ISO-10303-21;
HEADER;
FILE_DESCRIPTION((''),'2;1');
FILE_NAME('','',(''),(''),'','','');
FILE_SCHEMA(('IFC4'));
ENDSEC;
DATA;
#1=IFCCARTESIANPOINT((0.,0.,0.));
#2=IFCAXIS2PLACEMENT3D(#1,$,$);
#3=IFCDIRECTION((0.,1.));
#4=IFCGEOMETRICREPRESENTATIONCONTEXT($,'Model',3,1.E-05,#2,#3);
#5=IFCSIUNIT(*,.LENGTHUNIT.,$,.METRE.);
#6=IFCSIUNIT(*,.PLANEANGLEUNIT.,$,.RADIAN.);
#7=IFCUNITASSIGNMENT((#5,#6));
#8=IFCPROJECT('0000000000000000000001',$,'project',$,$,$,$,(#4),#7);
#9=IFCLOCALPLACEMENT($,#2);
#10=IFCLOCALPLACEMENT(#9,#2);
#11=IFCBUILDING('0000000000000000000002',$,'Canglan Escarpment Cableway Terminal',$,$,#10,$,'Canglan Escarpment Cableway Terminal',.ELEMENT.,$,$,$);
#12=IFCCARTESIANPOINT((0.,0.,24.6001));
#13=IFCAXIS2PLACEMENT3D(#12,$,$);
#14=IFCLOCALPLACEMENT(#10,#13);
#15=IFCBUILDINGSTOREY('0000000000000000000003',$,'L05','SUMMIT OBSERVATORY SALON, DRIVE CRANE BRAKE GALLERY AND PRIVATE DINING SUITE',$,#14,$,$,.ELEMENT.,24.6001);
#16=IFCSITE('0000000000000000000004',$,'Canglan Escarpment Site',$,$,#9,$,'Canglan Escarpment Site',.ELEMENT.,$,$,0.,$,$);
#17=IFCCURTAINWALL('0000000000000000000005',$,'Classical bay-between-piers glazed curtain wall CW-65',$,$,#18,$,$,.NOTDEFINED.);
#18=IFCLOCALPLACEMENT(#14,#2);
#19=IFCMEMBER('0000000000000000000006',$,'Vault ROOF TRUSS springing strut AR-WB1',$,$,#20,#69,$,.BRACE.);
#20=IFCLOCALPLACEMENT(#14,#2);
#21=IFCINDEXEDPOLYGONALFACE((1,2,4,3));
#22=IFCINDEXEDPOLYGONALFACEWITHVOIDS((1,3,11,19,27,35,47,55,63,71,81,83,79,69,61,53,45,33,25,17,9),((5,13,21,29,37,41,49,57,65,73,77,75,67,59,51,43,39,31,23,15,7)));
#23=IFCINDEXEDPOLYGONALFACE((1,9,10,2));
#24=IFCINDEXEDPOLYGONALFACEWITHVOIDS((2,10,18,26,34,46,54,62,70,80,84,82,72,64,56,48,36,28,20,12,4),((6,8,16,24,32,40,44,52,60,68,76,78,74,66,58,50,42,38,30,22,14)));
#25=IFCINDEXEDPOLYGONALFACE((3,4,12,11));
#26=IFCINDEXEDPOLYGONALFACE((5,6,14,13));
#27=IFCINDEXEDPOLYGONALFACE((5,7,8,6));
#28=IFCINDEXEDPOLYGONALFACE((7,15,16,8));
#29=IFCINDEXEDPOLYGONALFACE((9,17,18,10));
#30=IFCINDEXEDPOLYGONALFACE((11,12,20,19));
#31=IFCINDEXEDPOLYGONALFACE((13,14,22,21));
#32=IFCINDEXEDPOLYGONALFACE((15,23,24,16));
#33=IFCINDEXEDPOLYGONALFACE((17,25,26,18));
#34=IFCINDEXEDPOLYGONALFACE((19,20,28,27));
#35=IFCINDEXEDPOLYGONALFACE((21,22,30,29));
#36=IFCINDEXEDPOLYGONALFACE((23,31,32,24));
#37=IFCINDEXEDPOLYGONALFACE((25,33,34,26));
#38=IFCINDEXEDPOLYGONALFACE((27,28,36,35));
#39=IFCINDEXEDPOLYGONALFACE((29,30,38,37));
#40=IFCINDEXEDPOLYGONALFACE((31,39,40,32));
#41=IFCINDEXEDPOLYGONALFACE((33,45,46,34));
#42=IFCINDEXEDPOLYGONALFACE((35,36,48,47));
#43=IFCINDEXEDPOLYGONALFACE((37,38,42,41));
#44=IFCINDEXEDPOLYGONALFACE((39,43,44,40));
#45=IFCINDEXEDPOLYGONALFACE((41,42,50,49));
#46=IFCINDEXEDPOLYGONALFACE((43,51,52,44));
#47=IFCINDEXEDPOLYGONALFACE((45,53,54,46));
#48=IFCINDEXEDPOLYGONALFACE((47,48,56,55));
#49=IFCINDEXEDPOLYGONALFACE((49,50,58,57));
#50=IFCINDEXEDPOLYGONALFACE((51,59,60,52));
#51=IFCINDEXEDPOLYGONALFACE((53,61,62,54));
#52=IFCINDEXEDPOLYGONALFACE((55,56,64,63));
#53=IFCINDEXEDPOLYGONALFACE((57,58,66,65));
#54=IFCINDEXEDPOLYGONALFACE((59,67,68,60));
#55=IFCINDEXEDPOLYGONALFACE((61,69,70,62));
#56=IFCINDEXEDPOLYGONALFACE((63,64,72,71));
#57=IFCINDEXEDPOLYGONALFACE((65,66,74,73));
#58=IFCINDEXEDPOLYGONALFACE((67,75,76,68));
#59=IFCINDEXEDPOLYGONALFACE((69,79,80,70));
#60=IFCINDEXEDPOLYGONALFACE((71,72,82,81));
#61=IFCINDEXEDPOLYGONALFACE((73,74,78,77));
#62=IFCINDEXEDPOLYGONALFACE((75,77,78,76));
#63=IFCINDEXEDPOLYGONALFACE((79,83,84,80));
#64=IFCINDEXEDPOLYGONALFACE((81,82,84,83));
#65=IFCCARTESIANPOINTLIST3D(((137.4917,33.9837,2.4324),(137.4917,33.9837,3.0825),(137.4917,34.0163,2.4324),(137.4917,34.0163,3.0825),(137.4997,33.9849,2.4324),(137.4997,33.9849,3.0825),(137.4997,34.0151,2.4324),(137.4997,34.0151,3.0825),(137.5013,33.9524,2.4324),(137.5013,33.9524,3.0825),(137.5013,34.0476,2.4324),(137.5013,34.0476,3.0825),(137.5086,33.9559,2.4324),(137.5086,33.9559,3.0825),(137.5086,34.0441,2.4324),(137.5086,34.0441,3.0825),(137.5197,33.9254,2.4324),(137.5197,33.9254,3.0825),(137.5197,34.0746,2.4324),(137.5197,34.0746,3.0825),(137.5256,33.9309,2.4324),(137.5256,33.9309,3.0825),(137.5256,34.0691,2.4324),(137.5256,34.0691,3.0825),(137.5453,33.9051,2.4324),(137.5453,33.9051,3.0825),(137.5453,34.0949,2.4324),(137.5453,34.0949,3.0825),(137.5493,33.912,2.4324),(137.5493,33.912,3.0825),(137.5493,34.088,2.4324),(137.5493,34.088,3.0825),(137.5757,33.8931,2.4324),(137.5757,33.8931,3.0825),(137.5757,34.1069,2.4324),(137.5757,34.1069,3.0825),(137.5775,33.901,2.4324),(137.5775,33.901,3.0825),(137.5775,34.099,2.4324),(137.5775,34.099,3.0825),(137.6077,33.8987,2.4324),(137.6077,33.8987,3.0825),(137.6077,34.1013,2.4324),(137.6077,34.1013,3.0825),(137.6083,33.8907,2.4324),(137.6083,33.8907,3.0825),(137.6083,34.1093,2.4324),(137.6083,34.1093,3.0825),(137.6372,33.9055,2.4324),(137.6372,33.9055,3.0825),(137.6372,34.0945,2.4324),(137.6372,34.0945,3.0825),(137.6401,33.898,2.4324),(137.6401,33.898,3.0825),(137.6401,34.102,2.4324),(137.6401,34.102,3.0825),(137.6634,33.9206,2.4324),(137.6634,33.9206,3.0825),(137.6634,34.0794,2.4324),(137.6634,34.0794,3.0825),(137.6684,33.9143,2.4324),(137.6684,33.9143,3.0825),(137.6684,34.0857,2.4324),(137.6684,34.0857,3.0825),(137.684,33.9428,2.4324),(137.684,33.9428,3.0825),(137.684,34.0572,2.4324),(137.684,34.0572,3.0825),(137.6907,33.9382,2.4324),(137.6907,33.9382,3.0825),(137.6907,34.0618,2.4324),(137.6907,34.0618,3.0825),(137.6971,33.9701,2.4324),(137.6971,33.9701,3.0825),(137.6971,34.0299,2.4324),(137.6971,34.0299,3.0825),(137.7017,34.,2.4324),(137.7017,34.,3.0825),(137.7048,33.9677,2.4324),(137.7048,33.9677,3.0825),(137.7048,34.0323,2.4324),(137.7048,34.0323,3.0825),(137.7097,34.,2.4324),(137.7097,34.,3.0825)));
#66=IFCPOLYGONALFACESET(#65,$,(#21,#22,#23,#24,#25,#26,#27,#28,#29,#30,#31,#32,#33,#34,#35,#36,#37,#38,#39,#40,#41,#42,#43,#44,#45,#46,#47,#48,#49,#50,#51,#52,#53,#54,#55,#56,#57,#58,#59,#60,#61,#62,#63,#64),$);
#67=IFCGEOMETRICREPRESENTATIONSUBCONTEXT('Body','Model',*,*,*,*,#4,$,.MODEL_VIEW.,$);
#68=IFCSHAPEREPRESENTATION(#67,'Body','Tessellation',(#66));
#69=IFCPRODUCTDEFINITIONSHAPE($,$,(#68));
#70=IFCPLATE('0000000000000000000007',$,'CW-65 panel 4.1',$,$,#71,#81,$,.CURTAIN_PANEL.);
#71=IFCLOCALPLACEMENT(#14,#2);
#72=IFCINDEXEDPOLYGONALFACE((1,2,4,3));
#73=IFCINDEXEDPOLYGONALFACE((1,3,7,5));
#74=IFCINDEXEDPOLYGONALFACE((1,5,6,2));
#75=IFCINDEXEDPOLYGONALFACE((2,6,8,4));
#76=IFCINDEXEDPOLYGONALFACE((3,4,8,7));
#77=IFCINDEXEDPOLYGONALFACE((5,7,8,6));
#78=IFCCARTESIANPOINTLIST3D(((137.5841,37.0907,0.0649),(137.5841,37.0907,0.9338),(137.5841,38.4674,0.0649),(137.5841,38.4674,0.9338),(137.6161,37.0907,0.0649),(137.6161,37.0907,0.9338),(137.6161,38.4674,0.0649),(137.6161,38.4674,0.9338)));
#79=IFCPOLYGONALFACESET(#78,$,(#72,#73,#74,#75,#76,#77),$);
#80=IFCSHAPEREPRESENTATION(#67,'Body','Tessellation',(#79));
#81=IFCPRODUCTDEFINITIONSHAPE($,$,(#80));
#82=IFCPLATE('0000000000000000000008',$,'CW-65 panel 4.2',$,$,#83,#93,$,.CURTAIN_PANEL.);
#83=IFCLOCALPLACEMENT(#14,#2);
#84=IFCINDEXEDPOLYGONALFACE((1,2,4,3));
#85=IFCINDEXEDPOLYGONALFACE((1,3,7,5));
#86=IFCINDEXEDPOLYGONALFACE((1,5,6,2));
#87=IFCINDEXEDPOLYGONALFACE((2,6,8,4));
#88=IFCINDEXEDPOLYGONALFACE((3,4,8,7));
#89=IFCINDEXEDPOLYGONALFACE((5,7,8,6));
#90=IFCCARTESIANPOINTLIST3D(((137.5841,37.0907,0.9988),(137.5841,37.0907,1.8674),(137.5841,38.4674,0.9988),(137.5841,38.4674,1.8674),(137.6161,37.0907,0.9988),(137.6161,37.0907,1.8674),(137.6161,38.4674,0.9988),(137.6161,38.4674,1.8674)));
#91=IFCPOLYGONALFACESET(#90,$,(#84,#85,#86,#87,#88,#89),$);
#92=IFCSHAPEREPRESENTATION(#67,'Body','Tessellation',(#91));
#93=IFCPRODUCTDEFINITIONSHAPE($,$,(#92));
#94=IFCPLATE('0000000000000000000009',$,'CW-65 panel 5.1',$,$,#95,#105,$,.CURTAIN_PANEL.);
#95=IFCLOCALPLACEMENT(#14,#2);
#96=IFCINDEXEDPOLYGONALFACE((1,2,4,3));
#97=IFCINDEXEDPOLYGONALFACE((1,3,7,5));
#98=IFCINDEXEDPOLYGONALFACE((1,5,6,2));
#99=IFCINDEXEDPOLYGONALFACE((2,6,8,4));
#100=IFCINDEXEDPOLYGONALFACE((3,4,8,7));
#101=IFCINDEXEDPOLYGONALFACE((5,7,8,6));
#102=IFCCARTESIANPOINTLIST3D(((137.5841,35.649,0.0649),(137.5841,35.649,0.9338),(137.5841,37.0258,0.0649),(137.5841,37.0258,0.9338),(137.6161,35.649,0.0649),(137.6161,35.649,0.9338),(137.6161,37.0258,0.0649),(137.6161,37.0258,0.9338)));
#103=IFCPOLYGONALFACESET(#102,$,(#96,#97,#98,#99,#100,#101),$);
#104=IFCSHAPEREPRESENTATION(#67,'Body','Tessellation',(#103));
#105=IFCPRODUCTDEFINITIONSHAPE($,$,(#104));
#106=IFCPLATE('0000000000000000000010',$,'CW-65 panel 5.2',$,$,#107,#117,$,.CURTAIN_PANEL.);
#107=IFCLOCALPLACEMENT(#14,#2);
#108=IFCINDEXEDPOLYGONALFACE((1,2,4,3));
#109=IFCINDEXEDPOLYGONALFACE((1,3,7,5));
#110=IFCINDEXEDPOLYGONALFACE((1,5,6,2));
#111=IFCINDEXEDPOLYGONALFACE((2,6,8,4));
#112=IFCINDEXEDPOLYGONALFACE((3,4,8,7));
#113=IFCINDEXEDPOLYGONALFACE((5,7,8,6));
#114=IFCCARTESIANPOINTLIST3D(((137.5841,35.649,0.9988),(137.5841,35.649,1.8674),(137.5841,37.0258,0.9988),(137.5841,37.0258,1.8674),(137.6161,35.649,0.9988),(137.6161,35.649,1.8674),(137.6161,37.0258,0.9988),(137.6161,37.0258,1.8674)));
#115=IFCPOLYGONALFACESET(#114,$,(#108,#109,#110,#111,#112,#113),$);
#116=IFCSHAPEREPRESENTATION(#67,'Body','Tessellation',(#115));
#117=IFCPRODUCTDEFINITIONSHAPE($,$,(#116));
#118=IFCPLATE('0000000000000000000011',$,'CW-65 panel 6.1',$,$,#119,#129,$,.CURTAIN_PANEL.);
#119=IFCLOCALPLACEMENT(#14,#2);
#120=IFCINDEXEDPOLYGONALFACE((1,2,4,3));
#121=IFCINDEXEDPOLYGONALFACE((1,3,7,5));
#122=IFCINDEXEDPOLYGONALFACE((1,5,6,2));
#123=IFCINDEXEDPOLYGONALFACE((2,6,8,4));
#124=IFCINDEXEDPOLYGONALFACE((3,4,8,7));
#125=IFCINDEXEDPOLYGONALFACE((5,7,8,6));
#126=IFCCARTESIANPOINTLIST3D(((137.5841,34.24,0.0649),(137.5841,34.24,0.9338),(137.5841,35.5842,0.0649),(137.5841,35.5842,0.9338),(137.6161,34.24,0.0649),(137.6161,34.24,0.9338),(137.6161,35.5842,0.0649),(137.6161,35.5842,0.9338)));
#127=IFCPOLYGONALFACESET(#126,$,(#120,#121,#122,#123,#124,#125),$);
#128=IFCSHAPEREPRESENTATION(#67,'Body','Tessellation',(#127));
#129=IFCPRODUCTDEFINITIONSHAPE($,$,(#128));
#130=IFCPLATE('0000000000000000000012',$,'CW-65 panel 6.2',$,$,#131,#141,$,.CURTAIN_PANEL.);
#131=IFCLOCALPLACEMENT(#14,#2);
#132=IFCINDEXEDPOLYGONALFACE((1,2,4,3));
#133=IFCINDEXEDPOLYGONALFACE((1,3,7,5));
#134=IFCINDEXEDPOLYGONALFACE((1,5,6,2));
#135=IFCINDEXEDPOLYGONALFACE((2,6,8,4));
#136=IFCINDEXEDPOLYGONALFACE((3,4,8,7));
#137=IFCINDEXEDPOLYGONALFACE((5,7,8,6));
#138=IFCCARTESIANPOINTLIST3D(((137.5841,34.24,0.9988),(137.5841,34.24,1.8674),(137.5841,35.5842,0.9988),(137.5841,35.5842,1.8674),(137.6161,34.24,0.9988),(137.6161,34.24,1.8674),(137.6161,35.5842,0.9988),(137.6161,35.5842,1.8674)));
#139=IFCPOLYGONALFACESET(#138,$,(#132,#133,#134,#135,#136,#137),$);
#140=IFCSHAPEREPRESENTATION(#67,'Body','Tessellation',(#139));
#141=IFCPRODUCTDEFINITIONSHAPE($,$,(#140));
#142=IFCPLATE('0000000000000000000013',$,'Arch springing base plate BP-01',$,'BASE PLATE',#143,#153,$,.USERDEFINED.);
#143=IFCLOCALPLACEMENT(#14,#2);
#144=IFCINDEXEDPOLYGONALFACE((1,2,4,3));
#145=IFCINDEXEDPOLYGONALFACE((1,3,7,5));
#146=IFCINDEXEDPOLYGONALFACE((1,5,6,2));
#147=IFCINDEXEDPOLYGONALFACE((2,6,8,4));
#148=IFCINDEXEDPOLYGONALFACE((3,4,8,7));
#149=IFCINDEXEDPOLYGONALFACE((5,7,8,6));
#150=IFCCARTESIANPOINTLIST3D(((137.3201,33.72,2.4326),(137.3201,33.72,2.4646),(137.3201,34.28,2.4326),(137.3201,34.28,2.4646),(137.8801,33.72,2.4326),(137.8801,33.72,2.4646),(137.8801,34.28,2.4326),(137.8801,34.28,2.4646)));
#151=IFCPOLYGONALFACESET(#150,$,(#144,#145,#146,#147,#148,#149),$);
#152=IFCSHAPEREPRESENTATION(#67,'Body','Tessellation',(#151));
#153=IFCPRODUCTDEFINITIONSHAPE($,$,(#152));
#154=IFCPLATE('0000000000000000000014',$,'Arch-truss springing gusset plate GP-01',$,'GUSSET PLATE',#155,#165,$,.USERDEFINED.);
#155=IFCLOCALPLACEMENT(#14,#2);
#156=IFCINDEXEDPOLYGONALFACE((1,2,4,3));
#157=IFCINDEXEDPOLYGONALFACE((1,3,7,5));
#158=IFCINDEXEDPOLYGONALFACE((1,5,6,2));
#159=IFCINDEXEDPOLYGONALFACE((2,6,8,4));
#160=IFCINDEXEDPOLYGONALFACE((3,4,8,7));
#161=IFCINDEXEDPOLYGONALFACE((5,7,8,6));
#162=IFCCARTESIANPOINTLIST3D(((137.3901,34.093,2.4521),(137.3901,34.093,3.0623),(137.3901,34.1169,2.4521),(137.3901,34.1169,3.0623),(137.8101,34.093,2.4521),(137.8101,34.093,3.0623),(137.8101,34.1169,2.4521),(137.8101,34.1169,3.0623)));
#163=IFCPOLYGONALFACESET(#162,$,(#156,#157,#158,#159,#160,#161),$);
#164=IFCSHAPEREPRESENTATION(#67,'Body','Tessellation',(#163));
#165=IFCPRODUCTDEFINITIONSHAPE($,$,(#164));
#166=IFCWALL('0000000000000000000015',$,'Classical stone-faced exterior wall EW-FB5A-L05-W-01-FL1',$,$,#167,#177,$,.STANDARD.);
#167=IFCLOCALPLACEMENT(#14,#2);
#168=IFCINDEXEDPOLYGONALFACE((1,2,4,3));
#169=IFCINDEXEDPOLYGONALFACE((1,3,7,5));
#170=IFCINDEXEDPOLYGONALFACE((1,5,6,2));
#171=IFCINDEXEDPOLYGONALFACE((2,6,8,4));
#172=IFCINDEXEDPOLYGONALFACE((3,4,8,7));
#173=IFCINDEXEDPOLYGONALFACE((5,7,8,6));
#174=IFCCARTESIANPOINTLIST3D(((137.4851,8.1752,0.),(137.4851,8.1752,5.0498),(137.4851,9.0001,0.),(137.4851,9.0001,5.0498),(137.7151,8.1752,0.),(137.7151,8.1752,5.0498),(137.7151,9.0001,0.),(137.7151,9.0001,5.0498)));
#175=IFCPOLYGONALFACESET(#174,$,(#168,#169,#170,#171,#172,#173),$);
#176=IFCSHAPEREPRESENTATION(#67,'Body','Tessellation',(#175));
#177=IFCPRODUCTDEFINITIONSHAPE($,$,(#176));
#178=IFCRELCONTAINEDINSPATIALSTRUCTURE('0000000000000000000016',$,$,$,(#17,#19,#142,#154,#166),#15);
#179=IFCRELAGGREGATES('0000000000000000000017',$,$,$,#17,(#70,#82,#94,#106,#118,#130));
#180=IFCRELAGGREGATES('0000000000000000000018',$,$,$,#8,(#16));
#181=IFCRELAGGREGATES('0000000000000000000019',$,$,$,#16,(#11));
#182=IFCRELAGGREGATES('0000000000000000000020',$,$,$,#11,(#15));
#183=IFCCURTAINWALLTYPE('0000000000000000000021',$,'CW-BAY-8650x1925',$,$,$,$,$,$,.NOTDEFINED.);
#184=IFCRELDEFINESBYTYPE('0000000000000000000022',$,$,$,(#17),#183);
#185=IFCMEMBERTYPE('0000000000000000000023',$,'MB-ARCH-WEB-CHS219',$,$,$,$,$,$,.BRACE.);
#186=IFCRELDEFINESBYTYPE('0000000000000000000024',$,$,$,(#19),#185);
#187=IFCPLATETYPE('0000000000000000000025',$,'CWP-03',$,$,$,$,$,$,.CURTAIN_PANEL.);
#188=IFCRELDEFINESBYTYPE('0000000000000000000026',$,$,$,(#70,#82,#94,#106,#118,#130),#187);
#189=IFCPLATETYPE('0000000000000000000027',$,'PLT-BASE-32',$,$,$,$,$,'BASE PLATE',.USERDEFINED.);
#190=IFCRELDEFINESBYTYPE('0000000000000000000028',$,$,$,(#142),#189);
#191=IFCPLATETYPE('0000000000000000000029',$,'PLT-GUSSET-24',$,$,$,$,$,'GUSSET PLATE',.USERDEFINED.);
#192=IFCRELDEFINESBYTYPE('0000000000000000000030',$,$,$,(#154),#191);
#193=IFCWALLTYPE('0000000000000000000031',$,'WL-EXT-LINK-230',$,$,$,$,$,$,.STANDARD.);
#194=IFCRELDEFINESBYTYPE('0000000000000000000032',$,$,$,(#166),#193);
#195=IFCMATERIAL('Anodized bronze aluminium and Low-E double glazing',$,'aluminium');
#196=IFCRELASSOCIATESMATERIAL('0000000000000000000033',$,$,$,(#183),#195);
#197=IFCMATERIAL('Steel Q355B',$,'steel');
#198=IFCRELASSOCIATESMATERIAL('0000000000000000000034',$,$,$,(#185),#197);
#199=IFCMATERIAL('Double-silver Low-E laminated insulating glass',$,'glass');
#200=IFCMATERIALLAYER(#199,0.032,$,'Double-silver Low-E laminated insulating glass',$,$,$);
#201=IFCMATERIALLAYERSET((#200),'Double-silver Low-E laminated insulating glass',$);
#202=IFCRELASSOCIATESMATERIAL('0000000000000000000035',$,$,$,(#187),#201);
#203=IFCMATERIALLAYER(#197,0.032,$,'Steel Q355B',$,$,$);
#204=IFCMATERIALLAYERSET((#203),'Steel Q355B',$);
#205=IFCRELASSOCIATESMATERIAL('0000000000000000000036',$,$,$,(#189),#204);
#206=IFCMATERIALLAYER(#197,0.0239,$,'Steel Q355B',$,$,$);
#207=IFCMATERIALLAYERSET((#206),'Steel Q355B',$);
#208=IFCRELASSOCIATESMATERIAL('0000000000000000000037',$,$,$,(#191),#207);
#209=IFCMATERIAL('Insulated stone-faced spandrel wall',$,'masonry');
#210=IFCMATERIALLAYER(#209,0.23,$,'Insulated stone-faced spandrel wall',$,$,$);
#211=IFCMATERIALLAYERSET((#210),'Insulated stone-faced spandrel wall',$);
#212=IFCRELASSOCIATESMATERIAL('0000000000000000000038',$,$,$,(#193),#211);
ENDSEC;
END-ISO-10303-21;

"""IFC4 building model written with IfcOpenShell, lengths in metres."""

from ifc_helpers import new_model, si_unit, direction, frame, frame_2d, origin, origin_2d, place, context, subcontext, project, spatial, rectangle, hollow_circle, extrude, material, layer, layer_set, material_profile, profile_set, type_object, element, aggregate, save


model = new_model("IFC4")

# Units and contexts
model_context = context("Model", 3, precision=1e-05, world=origin(), true_north=direction((0.0, 1.0)))
body_context = subcontext(model_context, "Body", "Model", "MODEL_VIEW")
ifc_project = project(units=[si_unit("LENGTHUNIT", "METRE"), si_unit("PLANEANGLEUNIT", "RADIAN")], contexts=[model_context])

# Site, building, storey
site_placement = place(None, origin())
site = spatial("IfcSite", under=ifc_project, at=site_placement, Name="Canglan Escarpment Site", LongName="Canglan Escarpment Site", CompositionType="ELEMENT", RefElevation=0.0)
building_placement = place(site_placement, origin())
building = spatial("IfcBuilding", under=site, at=building_placement, Name="Canglan Escarpment Cableway Terminal", LongName="Canglan Escarpment Cableway Terminal", CompositionType="ELEMENT")
storey_placement = place(building_placement, frame((0.0, 0.0, 24.6001)))
storey = spatial("IfcBuildingStorey", under=building, at=storey_placement, Name="L05", Description="SUMMIT OBSERVATORY SALON, DRIVE CRANE BRAKE GALLERY AND PRIVATE DINING SUITE", CompositionType="ELEMENT", Elevation=24.6001)

# Shared definitions
ifc_material_1 = material(Name="Steel Q355B", Category="steel")

# Curtain wall
ifc_material_2 = material(Name="Anodized bronze aluminium and Low-E double glazing", Category="aluminium")
curtain_wall_type = type_object("IfcCurtainWallType", Name="CW-BAY-8650x1925", PredefinedType="NOTDEFINED", material=ifc_material_2)
curtain_wall_placement = place(storey_placement, origin())
curtain_wall = element("IfcCurtainWall", 1, at=curtain_wall_placement, inside=storey, type_object=curtain_wall_type, Name="Classical bay-between-piers glazed curtain wall CW-65", PredefinedType="NOTDEFINED")

# Member
ifc_material_profile_1 = material_profile(ifc_material_1, hollow_circle(Radius=0.1096, WallThickness=0.0081, at=origin_2d()), Name="CHS 219.1x8")
ifc_profile_set_1 = profile_set([ifc_material_profile_1], Name="Steel Q355B")
member_type_1 = type_object("IfcMemberType", Name="MB-ARCH-WEB-CHS219", PredefinedType="BRACE", material=ifc_profile_set_1)
member_1_placement = place(storey_placement, frame((137.6001, 34.0, 2.4324), z_axis=(0.0, 0.0, 1.0), x_axis=(1.0, 0.0, 0.0)))
element("IfcMember", 2, at=member_1_placement, inside=storey, type_object=member_type_1, Name="Vault ROOF TRUSS springing strut AR-WB1", PredefinedType="BRACE", context=body_context, shape_type="SweptSolid", body=[
    extrude(hollow_circle(Radius=0.1096, WallThickness=0.0081, at=origin_2d()), origin(), (0.0, 0.0, 1.0), 0.6501),
])

# Plates
ifc_material_3 = material(Name="Double-silver Low-E laminated insulating glass", Category="glass")
ifc_layer_1 = layer(ifc_material_3, 0.032, Name="Double-silver Low-E laminated insulating glass")
ifc_layer_set_1 = layer_set([ifc_layer_1], Name="Double-silver Low-E laminated insulating glass")
plate_type_1 = type_object("IfcPlateType", Name="CWP-03", PredefinedType="CURTAIN_PANEL", material=ifc_layer_set_1)
plate_1_placement = place(storey_placement, frame((137.6001, 37.7791, 0.0649), z_axis=(0.0, 0.0, 1.0), x_axis=(0.0, -1.0, 0.0)))
plate_1 = element("IfcPlate", 3, at=plate_1_placement, type_object=plate_type_1, Name="CW-65 panel 4.1", PredefinedType="CURTAIN_PANEL", context=body_context, shape_type="SweptSolid", body=[
    extrude(rectangle(XDim=1.3767, YDim=0.032, at=origin_2d()), origin(), (0.0, 0.0, 1.0), 0.8689),
])
plate_2_placement = place(storey_placement, frame((137.6001, 37.7791, 0.9988), z_axis=(0.0, 0.0, 1.0), x_axis=(0.0, -1.0, 0.0)))
plate_2 = element("IfcPlate", 4, at=plate_2_placement, type_object=plate_type_1, Name="CW-65 panel 4.2", PredefinedType="CURTAIN_PANEL", context=body_context, shape_type="SweptSolid", body=[
    extrude(rectangle(XDim=1.3767, YDim=0.032, at=origin_2d()), origin(), (0.0, 0.0, 1.0), 0.8687),
])
plate_3_placement = place(storey_placement, frame((137.6001, 36.3374, 0.0649), z_axis=(0.0, 0.0, 1.0), x_axis=(0.0, -1.0, 0.0)))
plate_3 = element("IfcPlate", 5, at=plate_3_placement, type_object=plate_type_1, Name="CW-65 panel 5.1", PredefinedType="CURTAIN_PANEL", context=body_context, shape_type="SweptSolid", body=[
    extrude(rectangle(XDim=1.3767, YDim=0.032, at=origin_2d()), origin(), (0.0, 0.0, 1.0), 0.8689),
])
plate_4_placement = place(storey_placement, frame((137.6001, 36.3374, 0.9988), z_axis=(0.0, 0.0, 1.0), x_axis=(0.0, -1.0, 0.0)))
plate_4 = element("IfcPlate", 6, at=plate_4_placement, type_object=plate_type_1, Name="CW-65 panel 5.2", PredefinedType="CURTAIN_PANEL", context=body_context, shape_type="SweptSolid", body=[
    extrude(rectangle(XDim=1.3767, YDim=0.032, at=origin_2d()), origin(), (0.0, 0.0, 1.0), 0.8687),
])
plate_5_placement = place(storey_placement, frame((137.6001, 34.9121, 0.0649), z_axis=(0.0, 0.0, 1.0), x_axis=(0.0, -1.0, 0.0)))
plate_5 = element("IfcPlate", 7, at=plate_5_placement, type_object=plate_type_1, Name="CW-65 panel 6.1", PredefinedType="CURTAIN_PANEL", context=body_context, shape_type="SweptSolid", body=[
    extrude(rectangle(XDim=1.3442, YDim=0.032, at=origin_2d()), origin(), (0.0, 0.0, 1.0), 0.8689),
])
plate_6_placement = place(storey_placement, frame((137.6001, 34.9121, 0.9988), z_axis=(0.0, 0.0, 1.0), x_axis=(0.0, -1.0, 0.0)))
plate_6 = element("IfcPlate", 8, at=plate_6_placement, type_object=plate_type_1, Name="CW-65 panel 6.2", PredefinedType="CURTAIN_PANEL", context=body_context, shape_type="SweptSolid", body=[
    extrude(rectangle(XDim=1.3442, YDim=0.032, at=origin_2d()), origin(), (0.0, 0.0, 1.0), 0.8687),
])
aggregate(curtain_wall, [plate_1, plate_2, plate_3, plate_4, plate_5, plate_6])

# Plates
ifc_layer_2 = layer(ifc_material_1, 0.032, Name="Steel Q355B")
ifc_layer_set_2 = layer_set([ifc_layer_2], Name="Steel Q355B")
plate_type_2 = type_object("IfcPlateType", Name="PLT-BASE-32", ElementType="BASE PLATE", PredefinedType="USERDEFINED", material=ifc_layer_set_2)
plate_7_placement = place(storey_placement, frame((137.6001, 34.0, 2.4326), z_axis=(0.0, 0.0, 1.0), x_axis=(1.0, 0.0, 0.0)))
element("IfcPlate", 9, at=plate_7_placement, inside=storey, type_object=plate_type_2, Name="Arch springing base plate BP-01", ObjectType="BASE PLATE", PredefinedType="USERDEFINED", context=body_context, shape_type="SweptSolid", body=[
    extrude(rectangle(XDim=0.5601, YDim=0.5601, at=origin_2d()), origin(), (0.0, 0.0, 1.0), 0.032),
])
ifc_layer_3 = layer(ifc_material_1, 0.0239, Name="Steel Q355B")
ifc_layer_set_3 = layer_set([ifc_layer_3], Name="Steel Q355B")
plate_type_3 = type_object("IfcPlateType", Name="PLT-GUSSET-24", ElementType="GUSSET PLATE", PredefinedType="USERDEFINED", material=ifc_layer_set_3)
plate_8_placement = place(storey_placement, frame((137.6001, 34.105, 2.4521), z_axis=(0.0, 0.0, 1.0), x_axis=(1.0, 0.0, 0.0)))
element("IfcPlate", 10, at=plate_8_placement, inside=storey, type_object=plate_type_3, Name="Arch-truss springing gusset plate GP-01", ObjectType="GUSSET PLATE", PredefinedType="USERDEFINED", context=body_context, shape_type="SweptSolid", body=[
    extrude(rectangle(XDim=0.4199, YDim=0.0239, at=origin_2d()), origin(), (0.0, 0.0, 1.0), 0.6101),
])

# Wall
ifc_material_4 = material(Name="Insulated stone-faced spandrel wall", Category="masonry")
ifc_layer_4 = layer(ifc_material_4, 0.23, Name="Insulated stone-faced spandrel wall")
ifc_layer_set_4 = layer_set([ifc_layer_4], Name="Insulated stone-faced spandrel wall")
wall_type = type_object("IfcWallType", Name="WL-EXT-LINK-230", PredefinedType="STANDARD", material=ifc_layer_set_4)
wall_placement = place(storey_placement, frame((137.6001, 8.175, 0.0), z_axis=(0.0, 0.0, 1.0), x_axis=(0.0, 1.0, 0.0)))
element("IfcWall", 11, at=wall_placement, inside=storey, type_object=wall_type, Name="Classical stone-faced exterior wall EW-FB5A-L05-W-01-FL1", PredefinedType="STANDARD", context=body_context, shape_type="SweptSolid", body=[
    extrude(rectangle(XDim=0.825, YDim=0.23, at=frame_2d((0.4126, 0.0))), origin(), (0.0, 0.0, 1.0), 5.0498),
])

save(model, "model.ifc")
